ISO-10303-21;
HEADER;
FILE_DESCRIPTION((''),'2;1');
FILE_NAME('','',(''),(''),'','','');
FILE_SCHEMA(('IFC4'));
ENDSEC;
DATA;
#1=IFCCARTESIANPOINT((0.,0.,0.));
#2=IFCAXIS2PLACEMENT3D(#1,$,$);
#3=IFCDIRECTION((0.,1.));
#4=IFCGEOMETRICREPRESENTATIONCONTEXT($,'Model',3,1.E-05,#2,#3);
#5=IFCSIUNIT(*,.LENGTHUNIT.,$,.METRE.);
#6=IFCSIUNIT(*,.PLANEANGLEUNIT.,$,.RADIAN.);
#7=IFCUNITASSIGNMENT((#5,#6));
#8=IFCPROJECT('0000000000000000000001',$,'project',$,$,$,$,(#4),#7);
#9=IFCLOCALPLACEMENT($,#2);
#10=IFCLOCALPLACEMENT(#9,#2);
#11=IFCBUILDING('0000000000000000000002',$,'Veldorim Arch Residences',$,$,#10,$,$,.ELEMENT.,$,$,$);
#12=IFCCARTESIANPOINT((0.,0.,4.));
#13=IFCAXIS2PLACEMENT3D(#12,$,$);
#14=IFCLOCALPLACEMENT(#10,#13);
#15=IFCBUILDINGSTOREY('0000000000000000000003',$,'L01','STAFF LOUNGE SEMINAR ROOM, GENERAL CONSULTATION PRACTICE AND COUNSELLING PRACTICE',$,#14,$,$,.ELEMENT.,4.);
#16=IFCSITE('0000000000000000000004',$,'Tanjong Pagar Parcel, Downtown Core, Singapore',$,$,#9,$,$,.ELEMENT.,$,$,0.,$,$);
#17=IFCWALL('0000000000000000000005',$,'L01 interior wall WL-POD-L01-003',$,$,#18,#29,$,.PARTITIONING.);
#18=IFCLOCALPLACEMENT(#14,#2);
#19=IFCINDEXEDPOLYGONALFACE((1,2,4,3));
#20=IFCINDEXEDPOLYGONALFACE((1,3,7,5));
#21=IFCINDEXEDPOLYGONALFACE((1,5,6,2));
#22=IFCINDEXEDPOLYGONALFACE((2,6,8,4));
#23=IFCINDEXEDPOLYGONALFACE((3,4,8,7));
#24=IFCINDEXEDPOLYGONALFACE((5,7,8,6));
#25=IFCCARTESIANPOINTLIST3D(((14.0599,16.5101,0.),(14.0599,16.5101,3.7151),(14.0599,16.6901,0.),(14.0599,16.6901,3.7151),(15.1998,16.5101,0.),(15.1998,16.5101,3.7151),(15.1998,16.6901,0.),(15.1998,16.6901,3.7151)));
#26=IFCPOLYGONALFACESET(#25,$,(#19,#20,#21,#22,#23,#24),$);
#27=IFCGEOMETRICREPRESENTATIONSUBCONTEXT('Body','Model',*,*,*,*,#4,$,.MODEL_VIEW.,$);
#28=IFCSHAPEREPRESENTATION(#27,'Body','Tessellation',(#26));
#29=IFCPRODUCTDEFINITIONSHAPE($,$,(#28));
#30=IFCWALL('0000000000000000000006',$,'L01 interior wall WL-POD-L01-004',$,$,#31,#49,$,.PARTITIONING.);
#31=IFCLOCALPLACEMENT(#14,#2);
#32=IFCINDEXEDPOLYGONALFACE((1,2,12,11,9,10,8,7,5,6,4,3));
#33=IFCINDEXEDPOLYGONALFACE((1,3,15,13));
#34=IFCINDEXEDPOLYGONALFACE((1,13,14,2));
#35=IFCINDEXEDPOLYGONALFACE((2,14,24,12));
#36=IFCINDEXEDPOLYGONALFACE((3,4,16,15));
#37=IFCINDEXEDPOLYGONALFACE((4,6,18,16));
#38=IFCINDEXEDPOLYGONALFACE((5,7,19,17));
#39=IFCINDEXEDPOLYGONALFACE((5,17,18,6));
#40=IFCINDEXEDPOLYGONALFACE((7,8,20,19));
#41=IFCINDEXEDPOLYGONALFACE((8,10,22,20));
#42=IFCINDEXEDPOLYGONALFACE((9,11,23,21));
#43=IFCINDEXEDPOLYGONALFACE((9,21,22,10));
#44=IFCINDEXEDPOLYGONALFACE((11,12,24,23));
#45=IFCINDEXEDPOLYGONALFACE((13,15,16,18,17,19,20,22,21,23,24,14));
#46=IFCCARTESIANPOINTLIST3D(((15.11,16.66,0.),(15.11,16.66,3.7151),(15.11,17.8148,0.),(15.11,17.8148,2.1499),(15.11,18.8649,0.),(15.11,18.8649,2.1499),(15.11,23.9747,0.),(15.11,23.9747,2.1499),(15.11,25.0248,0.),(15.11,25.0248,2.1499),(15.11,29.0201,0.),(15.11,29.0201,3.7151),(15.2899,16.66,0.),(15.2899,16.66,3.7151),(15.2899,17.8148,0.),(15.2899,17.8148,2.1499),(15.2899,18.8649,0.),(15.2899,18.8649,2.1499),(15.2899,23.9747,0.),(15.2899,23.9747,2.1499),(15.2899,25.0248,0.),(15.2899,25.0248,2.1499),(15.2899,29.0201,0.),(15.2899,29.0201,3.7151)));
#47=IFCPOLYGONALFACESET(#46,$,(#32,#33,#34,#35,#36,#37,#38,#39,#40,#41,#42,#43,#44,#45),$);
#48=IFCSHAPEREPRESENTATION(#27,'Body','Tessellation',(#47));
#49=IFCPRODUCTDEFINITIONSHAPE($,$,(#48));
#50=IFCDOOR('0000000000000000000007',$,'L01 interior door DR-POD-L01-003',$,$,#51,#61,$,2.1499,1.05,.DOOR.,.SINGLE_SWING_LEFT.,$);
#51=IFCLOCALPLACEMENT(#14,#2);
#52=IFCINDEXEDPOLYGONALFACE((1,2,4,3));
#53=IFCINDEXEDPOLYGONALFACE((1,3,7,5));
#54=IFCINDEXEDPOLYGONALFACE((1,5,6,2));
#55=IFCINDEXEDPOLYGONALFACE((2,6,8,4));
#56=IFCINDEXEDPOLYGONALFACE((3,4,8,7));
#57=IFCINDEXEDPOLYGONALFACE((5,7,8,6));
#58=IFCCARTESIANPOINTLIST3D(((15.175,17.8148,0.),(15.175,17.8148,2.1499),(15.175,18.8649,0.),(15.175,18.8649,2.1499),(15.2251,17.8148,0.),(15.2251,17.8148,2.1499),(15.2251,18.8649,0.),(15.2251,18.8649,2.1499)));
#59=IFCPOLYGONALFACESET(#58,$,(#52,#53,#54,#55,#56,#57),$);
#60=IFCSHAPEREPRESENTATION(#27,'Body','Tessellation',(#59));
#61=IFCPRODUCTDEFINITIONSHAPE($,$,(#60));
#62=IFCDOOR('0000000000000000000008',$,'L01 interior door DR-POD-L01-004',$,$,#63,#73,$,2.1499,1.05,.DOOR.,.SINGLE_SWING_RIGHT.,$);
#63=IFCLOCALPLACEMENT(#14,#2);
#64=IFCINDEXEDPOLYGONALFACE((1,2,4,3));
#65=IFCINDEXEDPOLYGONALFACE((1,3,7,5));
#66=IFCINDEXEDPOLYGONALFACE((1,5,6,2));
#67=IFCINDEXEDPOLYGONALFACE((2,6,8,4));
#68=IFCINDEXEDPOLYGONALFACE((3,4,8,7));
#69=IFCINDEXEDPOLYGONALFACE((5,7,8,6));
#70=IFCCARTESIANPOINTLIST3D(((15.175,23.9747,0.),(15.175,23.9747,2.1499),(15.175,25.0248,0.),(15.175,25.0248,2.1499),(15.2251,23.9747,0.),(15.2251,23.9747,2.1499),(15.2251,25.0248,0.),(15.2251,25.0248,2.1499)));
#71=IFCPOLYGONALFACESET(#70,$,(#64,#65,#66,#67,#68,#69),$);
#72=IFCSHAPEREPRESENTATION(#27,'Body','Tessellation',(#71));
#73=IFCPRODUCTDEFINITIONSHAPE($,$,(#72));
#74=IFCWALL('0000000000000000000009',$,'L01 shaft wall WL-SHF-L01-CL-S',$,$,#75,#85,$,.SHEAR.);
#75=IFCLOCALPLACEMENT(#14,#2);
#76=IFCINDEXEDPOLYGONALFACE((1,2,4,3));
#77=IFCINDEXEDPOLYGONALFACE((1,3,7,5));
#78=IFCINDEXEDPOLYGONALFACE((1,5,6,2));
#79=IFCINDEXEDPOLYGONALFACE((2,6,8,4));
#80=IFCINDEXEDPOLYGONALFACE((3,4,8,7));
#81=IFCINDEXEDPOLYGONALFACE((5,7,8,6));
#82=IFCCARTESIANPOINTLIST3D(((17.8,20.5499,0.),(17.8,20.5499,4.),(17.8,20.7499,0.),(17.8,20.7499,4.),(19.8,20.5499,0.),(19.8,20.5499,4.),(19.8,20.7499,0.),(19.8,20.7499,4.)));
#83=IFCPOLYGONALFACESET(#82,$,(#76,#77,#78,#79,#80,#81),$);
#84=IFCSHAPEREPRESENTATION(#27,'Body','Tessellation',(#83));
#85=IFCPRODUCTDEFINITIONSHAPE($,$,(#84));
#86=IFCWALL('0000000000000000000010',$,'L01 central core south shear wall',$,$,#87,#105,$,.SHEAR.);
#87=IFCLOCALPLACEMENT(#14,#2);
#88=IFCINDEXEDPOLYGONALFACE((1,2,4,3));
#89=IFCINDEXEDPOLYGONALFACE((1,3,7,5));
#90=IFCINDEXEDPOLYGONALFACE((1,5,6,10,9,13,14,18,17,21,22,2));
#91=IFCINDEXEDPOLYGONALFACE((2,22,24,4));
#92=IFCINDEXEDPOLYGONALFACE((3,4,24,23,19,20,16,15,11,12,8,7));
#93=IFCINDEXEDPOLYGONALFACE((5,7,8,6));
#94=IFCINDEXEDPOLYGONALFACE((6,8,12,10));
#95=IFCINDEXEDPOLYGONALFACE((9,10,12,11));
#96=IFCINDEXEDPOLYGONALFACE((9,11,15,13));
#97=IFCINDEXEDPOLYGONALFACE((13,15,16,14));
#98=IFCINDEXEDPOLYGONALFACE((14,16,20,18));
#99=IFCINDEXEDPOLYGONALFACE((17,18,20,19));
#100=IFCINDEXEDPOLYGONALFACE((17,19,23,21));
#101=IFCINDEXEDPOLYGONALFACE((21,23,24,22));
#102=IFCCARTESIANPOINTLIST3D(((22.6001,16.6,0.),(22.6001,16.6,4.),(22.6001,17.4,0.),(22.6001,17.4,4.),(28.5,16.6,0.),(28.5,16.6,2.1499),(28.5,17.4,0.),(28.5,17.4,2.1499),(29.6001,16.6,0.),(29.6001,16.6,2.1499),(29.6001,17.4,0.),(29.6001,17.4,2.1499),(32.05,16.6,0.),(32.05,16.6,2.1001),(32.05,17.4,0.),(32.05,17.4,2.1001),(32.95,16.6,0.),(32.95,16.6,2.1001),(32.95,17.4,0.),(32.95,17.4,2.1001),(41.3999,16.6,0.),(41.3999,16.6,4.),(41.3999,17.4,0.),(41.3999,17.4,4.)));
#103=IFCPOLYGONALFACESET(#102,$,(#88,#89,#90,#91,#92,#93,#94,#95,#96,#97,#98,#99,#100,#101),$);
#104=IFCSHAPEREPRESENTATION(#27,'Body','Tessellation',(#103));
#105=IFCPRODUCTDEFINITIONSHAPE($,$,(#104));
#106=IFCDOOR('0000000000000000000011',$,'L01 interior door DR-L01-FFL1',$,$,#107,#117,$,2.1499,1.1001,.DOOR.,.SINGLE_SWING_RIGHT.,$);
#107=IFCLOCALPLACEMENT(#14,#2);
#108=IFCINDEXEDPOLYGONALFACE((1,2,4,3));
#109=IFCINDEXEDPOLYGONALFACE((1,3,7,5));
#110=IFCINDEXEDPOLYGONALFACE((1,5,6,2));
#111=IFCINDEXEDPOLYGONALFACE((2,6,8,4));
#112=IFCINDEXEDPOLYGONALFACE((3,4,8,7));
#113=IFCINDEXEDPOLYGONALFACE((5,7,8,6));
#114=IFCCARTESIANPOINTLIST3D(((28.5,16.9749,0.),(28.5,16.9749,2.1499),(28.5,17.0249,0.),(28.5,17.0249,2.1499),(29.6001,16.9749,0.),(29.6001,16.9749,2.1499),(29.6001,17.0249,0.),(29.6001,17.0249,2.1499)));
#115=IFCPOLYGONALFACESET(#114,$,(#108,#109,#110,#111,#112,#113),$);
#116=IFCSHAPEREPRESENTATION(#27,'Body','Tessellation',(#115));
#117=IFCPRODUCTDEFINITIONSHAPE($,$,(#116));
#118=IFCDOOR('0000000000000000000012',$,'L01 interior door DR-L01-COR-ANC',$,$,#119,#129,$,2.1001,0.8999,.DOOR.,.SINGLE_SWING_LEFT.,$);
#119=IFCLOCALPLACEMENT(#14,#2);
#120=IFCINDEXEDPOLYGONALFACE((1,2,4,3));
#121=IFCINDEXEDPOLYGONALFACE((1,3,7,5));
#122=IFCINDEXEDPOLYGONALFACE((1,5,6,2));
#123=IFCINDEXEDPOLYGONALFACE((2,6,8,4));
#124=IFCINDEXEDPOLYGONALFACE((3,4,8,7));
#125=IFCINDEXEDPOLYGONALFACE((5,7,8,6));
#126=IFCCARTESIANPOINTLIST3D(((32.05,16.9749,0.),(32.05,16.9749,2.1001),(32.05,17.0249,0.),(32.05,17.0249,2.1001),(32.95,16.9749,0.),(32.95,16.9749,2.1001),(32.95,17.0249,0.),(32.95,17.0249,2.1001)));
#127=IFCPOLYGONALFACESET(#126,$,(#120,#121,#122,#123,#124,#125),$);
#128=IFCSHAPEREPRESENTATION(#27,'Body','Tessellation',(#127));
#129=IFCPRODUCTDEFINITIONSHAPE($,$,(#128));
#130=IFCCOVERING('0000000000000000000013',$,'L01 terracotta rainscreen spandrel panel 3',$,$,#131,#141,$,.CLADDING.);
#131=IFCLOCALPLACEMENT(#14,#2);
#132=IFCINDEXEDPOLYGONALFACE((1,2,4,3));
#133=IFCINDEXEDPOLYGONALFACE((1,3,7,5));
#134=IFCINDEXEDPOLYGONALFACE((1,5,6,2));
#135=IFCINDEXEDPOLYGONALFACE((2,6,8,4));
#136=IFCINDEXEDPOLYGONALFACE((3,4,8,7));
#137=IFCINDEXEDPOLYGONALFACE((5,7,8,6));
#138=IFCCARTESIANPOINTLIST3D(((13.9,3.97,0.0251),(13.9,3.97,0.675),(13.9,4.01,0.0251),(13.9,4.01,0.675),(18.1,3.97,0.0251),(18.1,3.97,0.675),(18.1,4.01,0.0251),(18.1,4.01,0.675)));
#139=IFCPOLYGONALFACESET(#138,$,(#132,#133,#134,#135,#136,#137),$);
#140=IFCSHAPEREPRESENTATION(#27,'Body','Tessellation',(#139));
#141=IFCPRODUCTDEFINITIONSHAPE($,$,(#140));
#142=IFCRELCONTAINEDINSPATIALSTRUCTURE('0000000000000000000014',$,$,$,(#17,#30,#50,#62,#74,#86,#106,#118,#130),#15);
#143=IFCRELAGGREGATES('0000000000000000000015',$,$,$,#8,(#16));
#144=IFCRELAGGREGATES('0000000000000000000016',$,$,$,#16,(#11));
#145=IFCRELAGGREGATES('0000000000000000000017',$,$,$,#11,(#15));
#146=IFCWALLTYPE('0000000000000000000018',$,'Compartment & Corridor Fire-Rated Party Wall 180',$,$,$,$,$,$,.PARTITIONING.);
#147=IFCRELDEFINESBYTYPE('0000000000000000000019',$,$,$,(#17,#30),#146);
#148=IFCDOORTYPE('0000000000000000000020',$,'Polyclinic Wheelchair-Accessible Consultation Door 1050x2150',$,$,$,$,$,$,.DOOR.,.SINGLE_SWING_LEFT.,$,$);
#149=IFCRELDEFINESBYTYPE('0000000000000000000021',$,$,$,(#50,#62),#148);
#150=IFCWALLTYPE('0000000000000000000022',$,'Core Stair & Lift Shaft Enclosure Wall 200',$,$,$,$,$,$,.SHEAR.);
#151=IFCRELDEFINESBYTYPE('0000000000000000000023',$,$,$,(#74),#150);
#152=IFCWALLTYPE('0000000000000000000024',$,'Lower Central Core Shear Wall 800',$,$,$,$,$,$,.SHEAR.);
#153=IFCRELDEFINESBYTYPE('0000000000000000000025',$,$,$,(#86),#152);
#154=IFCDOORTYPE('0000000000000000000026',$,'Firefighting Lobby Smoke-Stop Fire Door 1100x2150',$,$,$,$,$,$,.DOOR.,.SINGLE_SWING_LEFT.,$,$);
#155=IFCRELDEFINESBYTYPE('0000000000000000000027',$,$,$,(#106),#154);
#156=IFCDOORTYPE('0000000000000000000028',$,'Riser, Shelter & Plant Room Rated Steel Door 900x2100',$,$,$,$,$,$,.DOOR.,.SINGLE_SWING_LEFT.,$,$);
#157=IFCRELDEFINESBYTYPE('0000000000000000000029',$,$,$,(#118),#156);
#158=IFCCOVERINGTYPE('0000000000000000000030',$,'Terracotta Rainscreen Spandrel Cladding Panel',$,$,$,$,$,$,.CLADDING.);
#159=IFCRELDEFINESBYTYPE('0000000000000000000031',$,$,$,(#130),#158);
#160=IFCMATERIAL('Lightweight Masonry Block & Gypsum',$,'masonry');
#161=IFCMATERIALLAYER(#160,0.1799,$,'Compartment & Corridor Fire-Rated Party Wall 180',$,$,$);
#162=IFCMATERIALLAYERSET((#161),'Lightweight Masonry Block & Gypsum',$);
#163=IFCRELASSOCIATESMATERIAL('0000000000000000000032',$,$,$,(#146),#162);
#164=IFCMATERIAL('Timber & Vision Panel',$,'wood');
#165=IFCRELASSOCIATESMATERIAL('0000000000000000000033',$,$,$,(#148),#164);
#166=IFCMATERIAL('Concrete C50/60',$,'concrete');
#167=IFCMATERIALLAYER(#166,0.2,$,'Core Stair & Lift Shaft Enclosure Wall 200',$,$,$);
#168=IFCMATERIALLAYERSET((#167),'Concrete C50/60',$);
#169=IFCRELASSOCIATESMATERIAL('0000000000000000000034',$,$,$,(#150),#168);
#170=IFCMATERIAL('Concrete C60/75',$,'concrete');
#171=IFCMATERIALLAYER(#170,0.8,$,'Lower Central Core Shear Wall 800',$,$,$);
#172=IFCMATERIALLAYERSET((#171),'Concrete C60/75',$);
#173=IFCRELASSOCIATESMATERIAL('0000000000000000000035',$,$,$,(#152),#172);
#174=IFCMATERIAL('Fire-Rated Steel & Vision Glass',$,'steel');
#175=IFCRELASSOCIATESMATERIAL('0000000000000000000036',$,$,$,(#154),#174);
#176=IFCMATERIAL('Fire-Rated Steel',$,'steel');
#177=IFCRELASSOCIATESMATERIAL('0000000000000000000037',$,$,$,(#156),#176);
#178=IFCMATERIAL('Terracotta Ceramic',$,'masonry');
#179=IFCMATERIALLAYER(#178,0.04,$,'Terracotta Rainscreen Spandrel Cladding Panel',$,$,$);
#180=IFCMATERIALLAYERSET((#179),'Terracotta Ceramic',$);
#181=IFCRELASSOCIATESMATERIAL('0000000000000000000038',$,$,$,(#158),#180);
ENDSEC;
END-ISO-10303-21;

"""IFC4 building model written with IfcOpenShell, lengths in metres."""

from ifc_helpers import new_model, si_unit, direction, frame, frame_2d, origin, origin_2d, place, context, subcontext, project, spatial, rectangle, extrude, material, layer, layer_set, type_object, element, fill, save


model = new_model("IFC4")

# Units and contexts
model_context = context("Model", 3, precision=1e-05, world=origin(), true_north=direction((0.0, 1.0)))
body_context = subcontext(model_context, "Body", "Model", "MODEL_VIEW")
ifc_project = project(units=[si_unit("LENGTHUNIT", "METRE"), si_unit("PLANEANGLEUNIT", "RADIAN")], contexts=[model_context])

# Site, building, storey
site_placement = place(None, origin())
site = spatial("IfcSite", under=ifc_project, at=site_placement, Name="Tanjong Pagar Parcel, Downtown Core, Singapore", CompositionType="ELEMENT", RefElevation=0.0)
building_placement = place(site_placement, origin())
building = spatial("IfcBuilding", under=site, at=building_placement, Name="Veldorim Arch Residences", CompositionType="ELEMENT")
storey_placement = place(building_placement, frame((0.0, 0.0, 4.0)))
storey = spatial("IfcBuildingStorey", under=building, at=storey_placement, Name="L01", Description="STAFF LOUNGE SEMINAR ROOM, GENERAL CONSULTATION PRACTICE AND COUNSELLING PRACTICE", CompositionType="ELEMENT", Elevation=4.0)

# Wall
ifc_material_1 = material(Name="Lightweight Masonry Block & Gypsum", Category="masonry")
ifc_layer_1 = layer(ifc_material_1, 0.1799, Name="Compartment & Corridor Fire-Rated Party Wall 180")
ifc_layer_set_1 = layer_set([ifc_layer_1], Name="Lightweight Masonry Block & Gypsum")
wall_type_1 = type_object("IfcWallType", Name="Compartment & Corridor Fire-Rated Party Wall 180", PredefinedType="PARTITIONING", material=ifc_layer_set_1)
wall_1_placement = place(storey_placement, frame((14.0601, 16.6001, 0.0), z_axis=(0.0, 0.0, 1.0), x_axis=(1.0, 0.0, 0.0)))
element("IfcWall", 1, at=wall_1_placement, inside=storey, type_object=wall_type_1, Name="L01 interior wall WL-POD-L01-003", PredefinedType="PARTITIONING", context=body_context, shape_type="SweptSolid", body=[
    extrude(rectangle(XDim=1.1399, YDim=0.1799, at=frame_2d((0.5698, 0.0))), origin(), (0.0, 0.0, 1.0), 3.7151),
])

# Wall, openings, doors
wall_2_placement = place(storey_placement, frame((15.2, 16.6599, 0.0), z_axis=(0.0, 0.0, 1.0), x_axis=(0.0, 1.0, 0.0)))
wall_2 = element("IfcWall", 2, at=wall_2_placement, inside=storey, type_object=wall_type_1, Name="L01 interior wall WL-POD-L01-004", PredefinedType="PARTITIONING", context=body_context, shape_type="SweptSolid", body=[
    extrude(rectangle(XDim=12.3601, YDim=0.1799, at=frame_2d((6.1802, 0.0))), origin(), (0.0, 0.0, 1.0), 3.7151),
])
opening_1_placement = place(wall_2_placement, frame((1.155, 0.0, 0.0)))
opening_1 = element("IfcOpeningElement", 3, at=opening_1_placement, cuts=wall_2, PredefinedType="OPENING", context=body_context, shape_type="SweptSolid", body=[
    extrude(rectangle(XDim=1.05, YDim=2.1499, at=frame_2d((0.5249, 1.075))), frame((0.0, 0.0999, 0.0), z_axis=(0.0, -1.0, 0.0), x_axis=(1.0, 0.0, 0.0)), (0.0, 0.0, 1.0), 0.2),
])
opening_2_placement = place(wall_2_placement, frame((7.3149, 0.0, 0.0)))
opening_2 = element("IfcOpeningElement", 4, at=opening_2_placement, cuts=wall_2, PredefinedType="OPENING", context=body_context, shape_type="SweptSolid", body=[
    extrude(rectangle(XDim=1.05, YDim=2.1499, at=frame_2d((0.5249, 1.075))), frame((0.0, 0.0999, 0.0), z_axis=(0.0, -1.0, 0.0), x_axis=(1.0, 0.0, 0.0)), (0.0, 0.0, 1.0), 0.2),
])
ifc_material_2 = material(Name="Timber & Vision Panel", Category="wood")
door_type_1 = type_object("IfcDoorType", Name="Polyclinic Wheelchair-Accessible Consultation Door 1050x2150", OperationType="SINGLE_SWING_LEFT", PredefinedType="DOOR", material=ifc_material_2)
door_1_placement = place(opening_1_placement, origin())
door_1 = element("IfcDoor", 5, at=door_1_placement, inside=storey, type_object=door_type_1, Name="L01 interior door DR-POD-L01-003", OperationType="SINGLE_SWING_LEFT", OverallHeight=2.1499, OverallWidth=1.05, PredefinedType="DOOR", context=body_context, shape_type="SweptSolid", body=[
    extrude(rectangle(XDim=1.05, YDim=2.1499, at=frame_2d((0.5249, 1.075))), frame((0.0, 0.0249, 0.0), z_axis=(0.0, -1.0, 0.0), x_axis=(1.0, 0.0, 0.0)), (0.0, 0.0, 1.0), 0.05),
])
fill(opening_1, door_1)
door_2_placement = place(opening_2_placement, origin())
door_2 = element("IfcDoor", 6, at=door_2_placement, inside=storey, type_object=door_type_1, Name="L01 interior door DR-POD-L01-004", OperationType="SINGLE_SWING_RIGHT", OverallHeight=2.1499, OverallWidth=1.05, PredefinedType="DOOR", context=body_context, shape_type="SweptSolid", body=[
    extrude(rectangle(XDim=1.05, YDim=2.1499, at=frame_2d((0.5249, 1.075))), frame((0.0, 0.0249, 0.0), z_axis=(0.0, -1.0, 0.0), x_axis=(1.0, 0.0, 0.0)), (0.0, 0.0, 1.0), 0.05),
])
fill(opening_2, door_2)

# Shared definitions
ifc_material_3 = material(Name="Concrete C50/60", Category="concrete")
ifc_layer_2 = layer(ifc_material_3, 0.2, Name="Core Stair & Lift Shaft Enclosure Wall 200")
ifc_layer_set_2 = layer_set([ifc_layer_2], Name="Concrete C50/60")
wall_type_2 = type_object("IfcWallType", Name="Core Stair & Lift Shaft Enclosure Wall 200", PredefinedType="SHEAR", material=ifc_layer_set_2)

# Wall
wall_3_placement = place(storey_placement, frame((17.8, 20.6499, 0.0), z_axis=(0.0, 0.0, 1.0), x_axis=(1.0, 0.0, 0.0)))
element("IfcWall", 7, at=wall_3_placement, inside=storey, type_object=wall_type_2, Name="L01 shaft wall WL-SHF-L01-CL-S", PredefinedType="SHEAR", context=body_context, shape_type="SweptSolid", body=[
    extrude(rectangle(XDim=2.0, YDim=0.2, at=frame_2d((1.0, 0.0))), origin(), (0.0, 0.0, 1.0), 4.0),
])

# Wall, openings, doors
ifc_material_4 = material(Name="Concrete C60/75", Category="concrete")
ifc_layer_3 = layer(ifc_material_4, 0.8, Name="Lower Central Core Shear Wall 800")
ifc_layer_set_3 = layer_set([ifc_layer_3], Name="Concrete C60/75")
wall_type_3 = type_object("IfcWallType", Name="Lower Central Core Shear Wall 800", PredefinedType="SHEAR", material=ifc_layer_set_3)
wall_4_placement = place(storey_placement, frame((22.6001, 17.0, 0.0), z_axis=(0.0, 0.0, 1.0), x_axis=(1.0, 0.0, 0.0)))
wall_4 = element("IfcWall", 8, at=wall_4_placement, inside=storey, type_object=wall_type_3, Name="L01 central core south shear wall", PredefinedType="SHEAR", context=body_context, shape_type="SweptSolid", body=[
    extrude(rectangle(XDim=18.7998, YDim=0.8, at=frame_2d((9.3999, 0.0))), origin(), (0.0, 0.0, 1.0), 4.0),
])
opening_3_placement = place(wall_4_placement, frame((5.8999, 0.0, 0.0)))
opening_3 = element("IfcOpeningElement", 9, at=opening_3_placement, cuts=wall_4, PredefinedType="OPENING", context=body_context, shape_type="SweptSolid", body=[
    extrude(rectangle(XDim=1.1001, YDim=2.1499, at=frame_2d((0.55, 1.075))), frame((0.0, 0.4099, 0.0), z_axis=(0.0, -1.0, 0.0), x_axis=(1.0, 0.0, 0.0)), (0.0, 0.0, 1.0), 0.8201),
])
opening_4_placement = place(wall_4_placement, frame((9.45, 0.0, 0.0)))
opening_4 = element("IfcOpeningElement", 10, at=opening_4_placement, cuts=wall_4, PredefinedType="OPENING", context=body_context, shape_type="SweptSolid", body=[
    extrude(rectangle(XDim=0.8999, YDim=2.1001, at=frame_2d((0.45, 1.05))), frame((0.0, 0.4099, 0.0), z_axis=(0.0, -1.0, 0.0), x_axis=(1.0, 0.0, 0.0)), (0.0, 0.0, 1.0), 0.8201),
])
ifc_material_5 = material(Name="Fire-Rated Steel & Vision Glass", Category="steel")
door_type_2 = type_object("IfcDoorType", Name="Firefighting Lobby Smoke-Stop Fire Door 1100x2150", OperationType="SINGLE_SWING_LEFT", PredefinedType="DOOR", material=ifc_material_5)
door_3_placement = place(opening_3_placement, origin())
door_3 = element("IfcDoor", 11, at=door_3_placement, inside=storey, type_object=door_type_2, Name="L01 interior door DR-L01-FFL1", OperationType="SINGLE_SWING_RIGHT", OverallHeight=2.1499, OverallWidth=1.1001, PredefinedType="DOOR", context=body_context, shape_type="SweptSolid", body=[
    extrude(rectangle(XDim=1.1001, YDim=2.1499, at=frame_2d((0.55, 1.075))), frame((0.0, 0.0249, 0.0), z_axis=(0.0, -1.0, 0.0), x_axis=(1.0, 0.0, 0.0)), (0.0, 0.0, 1.0), 0.05),
])
fill(opening_3, door_3)
ifc_material_6 = material(Name="Fire-Rated Steel", Category="steel")
door_type_3 = type_object("IfcDoorType", Name="Riser, Shelter & Plant Room Rated Steel Door 900x2100", OperationType="SINGLE_SWING_LEFT", PredefinedType="DOOR", material=ifc_material_6)
door_4_placement = place(opening_4_placement, origin())
door_4 = element("IfcDoor", 12, at=door_4_placement, inside=storey, type_object=door_type_3, Name="L01 interior door DR-L01-COR-ANC", OperationType="SINGLE_SWING_LEFT", OverallHeight=2.1001, OverallWidth=0.8999, PredefinedType="DOOR", context=body_context, shape_type="SweptSolid", body=[
    extrude(rectangle(XDim=0.8999, YDim=2.1001, at=frame_2d((0.45, 1.05))), frame((0.0, 0.0249, 0.0), z_axis=(0.0, -1.0, 0.0), x_axis=(1.0, 0.0, 0.0)), (0.0, 0.0, 1.0), 0.05),
])
fill(opening_4, door_4)

# Covering
ifc_material_7 = material(Name="Terracotta Ceramic", Category="masonry")
ifc_layer_4 = layer(ifc_material_7, 0.04, Name="Terracotta Rainscreen Spandrel Cladding Panel")
ifc_layer_set_4 = layer_set([ifc_layer_4], Name="Terracotta Ceramic")
covering_type = type_object("IfcCoveringType", Name="Terracotta Rainscreen Spandrel Cladding Panel", PredefinedType="CLADDING", material=ifc_layer_set_4)
covering_placement = place(storey_placement, frame((16.0, 3.99, 0.0251), z_axis=(0.0, 0.0, 1.0), x_axis=(1.0, 0.0, 0.0)))
element("IfcCovering", 13, at=covering_placement, inside=storey, type_object=covering_type, Name="L01 terracotta rainscreen spandrel panel 3", PredefinedType="CLADDING", context=body_context, shape_type="SweptSolid", body=[
    extrude(rectangle(XDim=4.2, YDim=0.04, at=origin_2d()), origin(), (0.0, 0.0, 1.0), 0.6499),
])

save(model, "model.ifc")
